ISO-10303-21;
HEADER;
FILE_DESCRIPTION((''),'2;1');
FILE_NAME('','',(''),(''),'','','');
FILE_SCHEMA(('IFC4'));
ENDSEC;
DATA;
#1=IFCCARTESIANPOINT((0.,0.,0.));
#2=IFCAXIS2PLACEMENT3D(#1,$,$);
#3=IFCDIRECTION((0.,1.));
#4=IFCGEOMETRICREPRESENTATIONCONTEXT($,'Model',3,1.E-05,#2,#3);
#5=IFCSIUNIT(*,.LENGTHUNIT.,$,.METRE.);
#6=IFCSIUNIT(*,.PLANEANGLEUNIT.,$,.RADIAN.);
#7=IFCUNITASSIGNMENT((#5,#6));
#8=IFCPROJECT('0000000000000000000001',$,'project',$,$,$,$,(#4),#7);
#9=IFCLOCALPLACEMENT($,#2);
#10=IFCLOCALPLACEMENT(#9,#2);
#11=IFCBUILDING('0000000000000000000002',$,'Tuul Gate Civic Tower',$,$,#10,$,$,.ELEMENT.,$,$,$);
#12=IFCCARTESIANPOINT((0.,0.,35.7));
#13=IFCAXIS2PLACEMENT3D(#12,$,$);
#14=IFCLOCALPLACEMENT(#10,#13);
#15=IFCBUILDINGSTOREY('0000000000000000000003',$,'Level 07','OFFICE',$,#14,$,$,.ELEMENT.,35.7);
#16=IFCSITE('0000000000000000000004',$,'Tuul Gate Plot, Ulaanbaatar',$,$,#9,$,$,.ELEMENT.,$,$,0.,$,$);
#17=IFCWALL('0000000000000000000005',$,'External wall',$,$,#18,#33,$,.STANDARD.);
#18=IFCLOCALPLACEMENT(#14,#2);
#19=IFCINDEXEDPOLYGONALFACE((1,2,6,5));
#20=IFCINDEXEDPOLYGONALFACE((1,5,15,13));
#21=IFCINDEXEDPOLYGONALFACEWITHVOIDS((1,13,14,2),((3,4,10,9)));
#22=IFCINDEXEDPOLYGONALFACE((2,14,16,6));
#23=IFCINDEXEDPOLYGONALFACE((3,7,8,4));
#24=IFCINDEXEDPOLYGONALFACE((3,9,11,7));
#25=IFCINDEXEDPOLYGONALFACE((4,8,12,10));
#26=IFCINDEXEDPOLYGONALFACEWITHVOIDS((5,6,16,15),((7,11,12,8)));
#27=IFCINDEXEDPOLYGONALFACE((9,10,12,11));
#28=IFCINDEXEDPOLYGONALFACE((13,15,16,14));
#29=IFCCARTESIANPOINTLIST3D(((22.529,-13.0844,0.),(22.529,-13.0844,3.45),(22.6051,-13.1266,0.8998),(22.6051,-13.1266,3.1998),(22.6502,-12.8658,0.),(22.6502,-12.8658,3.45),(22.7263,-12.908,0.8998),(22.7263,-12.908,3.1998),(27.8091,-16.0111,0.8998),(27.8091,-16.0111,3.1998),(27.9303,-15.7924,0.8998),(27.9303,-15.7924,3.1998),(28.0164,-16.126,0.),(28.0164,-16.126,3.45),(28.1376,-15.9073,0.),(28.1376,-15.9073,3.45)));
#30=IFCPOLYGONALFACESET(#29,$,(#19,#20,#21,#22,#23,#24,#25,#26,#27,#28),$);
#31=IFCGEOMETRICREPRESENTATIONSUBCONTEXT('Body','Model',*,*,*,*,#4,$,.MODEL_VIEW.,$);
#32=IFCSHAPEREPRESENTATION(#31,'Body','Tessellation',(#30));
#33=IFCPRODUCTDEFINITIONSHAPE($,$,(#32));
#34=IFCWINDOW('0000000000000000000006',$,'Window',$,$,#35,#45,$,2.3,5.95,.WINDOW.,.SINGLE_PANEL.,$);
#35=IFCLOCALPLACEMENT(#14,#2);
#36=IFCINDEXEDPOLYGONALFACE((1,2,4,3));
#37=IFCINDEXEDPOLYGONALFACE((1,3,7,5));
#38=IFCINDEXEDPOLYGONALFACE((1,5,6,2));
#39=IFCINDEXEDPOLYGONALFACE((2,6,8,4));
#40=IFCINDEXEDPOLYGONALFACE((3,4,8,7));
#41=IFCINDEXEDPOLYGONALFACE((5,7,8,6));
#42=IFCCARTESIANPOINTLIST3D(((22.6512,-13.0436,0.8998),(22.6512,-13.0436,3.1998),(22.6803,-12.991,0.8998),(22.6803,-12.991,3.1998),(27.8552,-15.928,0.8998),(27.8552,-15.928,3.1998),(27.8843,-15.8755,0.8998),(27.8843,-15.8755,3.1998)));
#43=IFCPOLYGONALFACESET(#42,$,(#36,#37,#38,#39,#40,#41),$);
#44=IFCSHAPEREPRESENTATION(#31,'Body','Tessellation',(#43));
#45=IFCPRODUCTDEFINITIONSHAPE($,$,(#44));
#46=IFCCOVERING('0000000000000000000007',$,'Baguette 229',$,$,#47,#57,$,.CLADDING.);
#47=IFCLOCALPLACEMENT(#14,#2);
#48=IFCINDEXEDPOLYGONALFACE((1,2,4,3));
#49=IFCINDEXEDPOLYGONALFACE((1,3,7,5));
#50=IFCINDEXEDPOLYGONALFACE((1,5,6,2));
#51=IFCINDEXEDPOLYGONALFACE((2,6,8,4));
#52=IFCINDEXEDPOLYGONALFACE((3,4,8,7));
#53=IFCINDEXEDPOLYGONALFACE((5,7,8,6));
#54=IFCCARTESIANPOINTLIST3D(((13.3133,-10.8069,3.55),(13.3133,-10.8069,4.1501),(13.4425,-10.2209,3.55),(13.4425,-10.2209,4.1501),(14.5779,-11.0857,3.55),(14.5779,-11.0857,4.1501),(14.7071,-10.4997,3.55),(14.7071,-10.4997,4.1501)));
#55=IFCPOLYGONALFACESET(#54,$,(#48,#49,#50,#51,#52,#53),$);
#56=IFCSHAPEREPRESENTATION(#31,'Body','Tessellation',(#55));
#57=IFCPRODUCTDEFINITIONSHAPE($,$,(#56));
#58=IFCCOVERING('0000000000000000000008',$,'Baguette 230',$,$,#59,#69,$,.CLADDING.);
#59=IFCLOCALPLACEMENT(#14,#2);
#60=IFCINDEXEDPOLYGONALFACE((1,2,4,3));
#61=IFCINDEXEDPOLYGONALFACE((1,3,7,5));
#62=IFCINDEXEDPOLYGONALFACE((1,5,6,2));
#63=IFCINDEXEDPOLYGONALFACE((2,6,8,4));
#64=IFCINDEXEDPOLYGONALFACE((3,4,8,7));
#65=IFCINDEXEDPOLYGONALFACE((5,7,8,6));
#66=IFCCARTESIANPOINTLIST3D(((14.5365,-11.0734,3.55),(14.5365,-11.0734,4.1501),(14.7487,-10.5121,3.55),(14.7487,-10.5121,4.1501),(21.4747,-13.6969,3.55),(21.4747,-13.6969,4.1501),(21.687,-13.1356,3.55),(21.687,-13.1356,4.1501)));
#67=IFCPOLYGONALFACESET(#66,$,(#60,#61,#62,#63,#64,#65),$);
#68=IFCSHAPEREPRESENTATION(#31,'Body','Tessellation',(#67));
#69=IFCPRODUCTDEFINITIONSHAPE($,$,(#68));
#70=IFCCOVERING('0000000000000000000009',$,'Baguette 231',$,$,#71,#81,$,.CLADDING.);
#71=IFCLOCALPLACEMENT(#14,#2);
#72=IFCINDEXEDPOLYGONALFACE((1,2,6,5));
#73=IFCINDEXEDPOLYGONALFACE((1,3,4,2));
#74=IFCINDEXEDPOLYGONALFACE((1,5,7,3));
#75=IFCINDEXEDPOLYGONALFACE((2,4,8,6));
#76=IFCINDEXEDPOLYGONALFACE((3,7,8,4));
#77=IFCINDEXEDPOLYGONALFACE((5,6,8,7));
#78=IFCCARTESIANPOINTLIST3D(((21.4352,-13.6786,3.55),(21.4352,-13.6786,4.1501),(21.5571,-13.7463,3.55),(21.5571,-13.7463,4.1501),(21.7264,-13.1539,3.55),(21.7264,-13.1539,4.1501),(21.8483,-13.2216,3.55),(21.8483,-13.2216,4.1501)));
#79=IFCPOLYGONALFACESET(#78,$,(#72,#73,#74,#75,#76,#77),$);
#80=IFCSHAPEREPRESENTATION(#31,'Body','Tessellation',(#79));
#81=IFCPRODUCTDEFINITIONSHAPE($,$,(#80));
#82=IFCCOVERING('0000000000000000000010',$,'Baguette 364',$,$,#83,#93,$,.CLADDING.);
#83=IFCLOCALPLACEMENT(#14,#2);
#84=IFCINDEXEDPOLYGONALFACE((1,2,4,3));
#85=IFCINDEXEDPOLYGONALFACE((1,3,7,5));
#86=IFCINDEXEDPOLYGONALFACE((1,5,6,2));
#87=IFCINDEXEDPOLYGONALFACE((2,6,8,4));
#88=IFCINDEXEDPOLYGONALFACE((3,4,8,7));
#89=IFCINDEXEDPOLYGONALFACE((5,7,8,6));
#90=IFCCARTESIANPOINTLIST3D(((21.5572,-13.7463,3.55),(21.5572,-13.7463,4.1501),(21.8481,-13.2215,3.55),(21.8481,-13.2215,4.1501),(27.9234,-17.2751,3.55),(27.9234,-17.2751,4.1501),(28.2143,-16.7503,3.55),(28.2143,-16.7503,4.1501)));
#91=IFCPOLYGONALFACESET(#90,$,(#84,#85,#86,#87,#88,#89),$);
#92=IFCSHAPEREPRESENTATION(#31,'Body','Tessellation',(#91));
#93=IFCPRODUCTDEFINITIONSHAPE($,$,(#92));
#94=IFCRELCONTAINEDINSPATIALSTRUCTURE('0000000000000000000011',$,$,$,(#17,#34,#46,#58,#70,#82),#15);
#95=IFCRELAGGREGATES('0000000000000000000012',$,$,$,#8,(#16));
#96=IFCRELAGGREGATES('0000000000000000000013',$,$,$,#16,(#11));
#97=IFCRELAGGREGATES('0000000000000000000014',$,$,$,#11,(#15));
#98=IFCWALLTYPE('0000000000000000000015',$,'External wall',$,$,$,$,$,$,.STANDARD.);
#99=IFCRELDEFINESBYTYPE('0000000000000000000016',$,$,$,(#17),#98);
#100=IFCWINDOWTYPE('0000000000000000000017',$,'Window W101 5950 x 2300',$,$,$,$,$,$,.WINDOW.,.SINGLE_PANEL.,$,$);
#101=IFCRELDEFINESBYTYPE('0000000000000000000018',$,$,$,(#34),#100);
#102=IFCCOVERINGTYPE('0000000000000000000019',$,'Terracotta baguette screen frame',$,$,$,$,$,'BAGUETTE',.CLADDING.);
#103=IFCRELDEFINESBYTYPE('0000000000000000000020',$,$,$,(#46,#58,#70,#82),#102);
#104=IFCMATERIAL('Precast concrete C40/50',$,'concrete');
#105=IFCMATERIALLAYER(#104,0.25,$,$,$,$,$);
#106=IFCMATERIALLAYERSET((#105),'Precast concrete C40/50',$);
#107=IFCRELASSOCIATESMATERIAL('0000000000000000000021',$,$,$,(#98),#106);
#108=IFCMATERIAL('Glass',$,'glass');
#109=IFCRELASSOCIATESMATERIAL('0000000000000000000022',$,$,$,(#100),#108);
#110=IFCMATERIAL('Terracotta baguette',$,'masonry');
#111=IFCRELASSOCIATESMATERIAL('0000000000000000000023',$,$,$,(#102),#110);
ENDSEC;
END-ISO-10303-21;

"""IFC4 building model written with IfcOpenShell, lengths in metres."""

from ifc_helpers import new_model, si_unit, direction, frame, frame_2d, origin, origin_2d, place, context, subcontext, project, spatial, rectangle, extrude, material, layer, layer_set, material_profile, profile_set, type_object, element, fill, save


model = new_model("IFC4")

# Units and contexts
model_context = context("Model", 3, precision=1e-05, world=origin(), true_north=direction((0.0, 1.0)))
body_context = subcontext(model_context, "Body", "Model", "MODEL_VIEW")
ifc_project = project(units=[si_unit("LENGTHUNIT", "METRE"), si_unit("PLANEANGLEUNIT", "RADIAN")], contexts=[model_context])

# Site, building, storey
site_placement = place(None, origin())
site = spatial("IfcSite", under=ifc_project, at=site_placement, Name="Tuul Gate Plot, Ulaanbaatar", CompositionType="ELEMENT", RefElevation=0.0)
building_placement = place(site_placement, origin())
building = spatial("IfcBuilding", under=site, at=building_placement, Name="Tuul Gate Civic Tower", CompositionType="ELEMENT")
storey_placement = place(building_placement, frame((0.0, 0.0, 35.7)))
storey = spatial("IfcBuildingStorey", under=building, at=storey_placement, Name="Level 07", Description="OFFICE", CompositionType="ELEMENT", Elevation=35.7)

# Wall, opening, window
ifc_material_1 = material(Name="Precast concrete C40/50", Category="concrete")
ifc_layer_1 = layer(ifc_material_1, 0.25)
ifc_layer_set_1 = layer_set([ifc_layer_1], Name="Precast concrete C40/50")
wall_type_1 = type_object("IfcWallType", Name="External wall", PredefinedType="STANDARD", material=ifc_layer_set_1)
ifc_material_2 = material(Name="Glass", Category="glass")
window_type_1 = type_object("IfcWindowType", Name="Window W101 5950 x 2300", PartitioningType="SINGLE_PANEL", PredefinedType="WINDOW", material=ifc_material_2)
wall_1_placement = place(storey_placement, frame((22.5896, -12.9751, 0.0), z_axis=(0.0, 0.0, 1.0), x_axis=(0.87463, -0.48479, 0.0)))
wall_1 = element("IfcWall", 1, at=wall_1_placement, inside=storey, type_object=wall_type_1, Name="External wall", PredefinedType="STANDARD", context=body_context, shape_type="SweptSolid", body=[
    extrude(rectangle(XDim=6.2739, YDim=0.25, at=frame_2d((3.137, 0.0))), origin(), (0.0, 0.0, 1.0), 3.45),
])
opening_1_placement = place(wall_1_placement, frame((0.0869, 0.0, 0.8999)))
opening_1 = element("IfcOpeningElement", 2, at=opening_1_placement, cuts=wall_1, PredefinedType="OPENING", context=body_context, shape_type="SweptSolid", body=[
    extrude(rectangle(XDim=5.95, YDim=2.3, at=frame_2d((2.9751, 1.1499))), frame((0.0, 0.135, 0.0), z_axis=(0.0, -1.0, 0.0), x_axis=(1.0, 0.0, 0.0)), (0.0, 0.0, 1.0), 0.27),
])
window_1_placement = place(opening_1_placement, origin())
window_1 = element("IfcWindow", 3, at=window_1_placement, inside=storey, type_object=window_type_1, Name="Window", OverallHeight=2.3, OverallWidth=5.95, PartitioningType="SINGLE_PANEL", PredefinedType="WINDOW", context=body_context, shape_type="SweptSolid", body=[
    extrude(rectangle(XDim=5.95, YDim=2.3, at=frame_2d((2.9751, 1.1499))), frame((0.0, 0.03, 0.0), z_axis=(0.0, -1.0, 0.0), x_axis=(1.0, 0.0, 0.0)), (0.0, 0.0, 1.0), 0.0601),
])
fill(opening_1, window_1)

# Coverings
ifc_material_3 = material(Name="Terracotta baguette", Category="masonry")
ifc_material_profile_1 = material_profile(ifc_material_3, rectangle(XDim=0.6001, YDim=0.6001, at=origin_2d()), Name="Terracotta baguette screen frame")
ifc_profile_set_1 = profile_set([ifc_material_profile_1], Name="Terracotta baguette")
covering_type = type_object("IfcCoveringType", Name="Terracotta baguette screen frame", ElementType="BAGUETTE", PredefinedType="CLADDING", material=ifc_profile_set_1)
covering_1_placement = place(storey_placement, frame((13.3779, -10.5139, 3.8501), z_axis=(0.976549, -0.215293, 0.0), x_axis=(0.215293, 0.976549, 0.0)))
element("IfcCovering", 4, at=covering_1_placement, inside=storey, type_object=covering_type, Name="Baguette 229", PredefinedType="CLADDING", context=body_context, shape_type="SweptSolid", body=[
    extrude(rectangle(XDim=0.6001, YDim=0.6001, at=origin_2d()), origin(), (0.0, 0.0, 1.0), 1.2949),
])
covering_2_placement = place(storey_placement, frame((14.6426, -10.7927, 3.8501), z_axis=(0.935364, -0.353687, 0.0), x_axis=(0.353687, 0.935364, 0.0)))
element("IfcCovering", 5, at=covering_2_placement, inside=storey, type_object=covering_type, Name="Baguette 230", PredefinedType="CLADDING", context=body_context, shape_type="SweptSolid", body=[
    extrude(rectangle(XDim=0.6001, YDim=0.6001, at=origin_2d()), origin(), (0.0, 0.0, 1.0), 7.4177),
])
covering_3_placement = place(storey_placement, frame((21.5808, -13.4163, 3.8501), z_axis=(0.874323, -0.485345, 0.0), x_axis=(0.485345, 0.874323, 0.0)))
element("IfcCovering", 6, at=covering_3_placement, inside=storey, type_object=covering_type, Name="Baguette 231", PredefinedType="CLADDING", context=body_context, shape_type="SweptSolid", body=[
    extrude(rectangle(XDim=0.6001, YDim=0.6001, at=origin_2d()), origin(), (0.0, 0.0, 1.0), 0.1394),
])
covering_4_placement = place(storey_placement, frame((21.7026, -13.4839, 3.8501), z_axis=(0.874622, -0.484805, 0.0), x_axis=(0.484805, 0.874622, 0.0)))
element("IfcCovering", 7, at=covering_4_placement, inside=storey, type_object=covering_type, Name="Baguette 364", PredefinedType="CLADDING", context=body_context, shape_type="SweptSolid", body=[
    extrude(rectangle(XDim=0.6001, YDim=0.6001, at=origin_2d()), origin(), (0.0, 0.0, 1.0), 7.2788),
])

save(model, "model.ifc")
